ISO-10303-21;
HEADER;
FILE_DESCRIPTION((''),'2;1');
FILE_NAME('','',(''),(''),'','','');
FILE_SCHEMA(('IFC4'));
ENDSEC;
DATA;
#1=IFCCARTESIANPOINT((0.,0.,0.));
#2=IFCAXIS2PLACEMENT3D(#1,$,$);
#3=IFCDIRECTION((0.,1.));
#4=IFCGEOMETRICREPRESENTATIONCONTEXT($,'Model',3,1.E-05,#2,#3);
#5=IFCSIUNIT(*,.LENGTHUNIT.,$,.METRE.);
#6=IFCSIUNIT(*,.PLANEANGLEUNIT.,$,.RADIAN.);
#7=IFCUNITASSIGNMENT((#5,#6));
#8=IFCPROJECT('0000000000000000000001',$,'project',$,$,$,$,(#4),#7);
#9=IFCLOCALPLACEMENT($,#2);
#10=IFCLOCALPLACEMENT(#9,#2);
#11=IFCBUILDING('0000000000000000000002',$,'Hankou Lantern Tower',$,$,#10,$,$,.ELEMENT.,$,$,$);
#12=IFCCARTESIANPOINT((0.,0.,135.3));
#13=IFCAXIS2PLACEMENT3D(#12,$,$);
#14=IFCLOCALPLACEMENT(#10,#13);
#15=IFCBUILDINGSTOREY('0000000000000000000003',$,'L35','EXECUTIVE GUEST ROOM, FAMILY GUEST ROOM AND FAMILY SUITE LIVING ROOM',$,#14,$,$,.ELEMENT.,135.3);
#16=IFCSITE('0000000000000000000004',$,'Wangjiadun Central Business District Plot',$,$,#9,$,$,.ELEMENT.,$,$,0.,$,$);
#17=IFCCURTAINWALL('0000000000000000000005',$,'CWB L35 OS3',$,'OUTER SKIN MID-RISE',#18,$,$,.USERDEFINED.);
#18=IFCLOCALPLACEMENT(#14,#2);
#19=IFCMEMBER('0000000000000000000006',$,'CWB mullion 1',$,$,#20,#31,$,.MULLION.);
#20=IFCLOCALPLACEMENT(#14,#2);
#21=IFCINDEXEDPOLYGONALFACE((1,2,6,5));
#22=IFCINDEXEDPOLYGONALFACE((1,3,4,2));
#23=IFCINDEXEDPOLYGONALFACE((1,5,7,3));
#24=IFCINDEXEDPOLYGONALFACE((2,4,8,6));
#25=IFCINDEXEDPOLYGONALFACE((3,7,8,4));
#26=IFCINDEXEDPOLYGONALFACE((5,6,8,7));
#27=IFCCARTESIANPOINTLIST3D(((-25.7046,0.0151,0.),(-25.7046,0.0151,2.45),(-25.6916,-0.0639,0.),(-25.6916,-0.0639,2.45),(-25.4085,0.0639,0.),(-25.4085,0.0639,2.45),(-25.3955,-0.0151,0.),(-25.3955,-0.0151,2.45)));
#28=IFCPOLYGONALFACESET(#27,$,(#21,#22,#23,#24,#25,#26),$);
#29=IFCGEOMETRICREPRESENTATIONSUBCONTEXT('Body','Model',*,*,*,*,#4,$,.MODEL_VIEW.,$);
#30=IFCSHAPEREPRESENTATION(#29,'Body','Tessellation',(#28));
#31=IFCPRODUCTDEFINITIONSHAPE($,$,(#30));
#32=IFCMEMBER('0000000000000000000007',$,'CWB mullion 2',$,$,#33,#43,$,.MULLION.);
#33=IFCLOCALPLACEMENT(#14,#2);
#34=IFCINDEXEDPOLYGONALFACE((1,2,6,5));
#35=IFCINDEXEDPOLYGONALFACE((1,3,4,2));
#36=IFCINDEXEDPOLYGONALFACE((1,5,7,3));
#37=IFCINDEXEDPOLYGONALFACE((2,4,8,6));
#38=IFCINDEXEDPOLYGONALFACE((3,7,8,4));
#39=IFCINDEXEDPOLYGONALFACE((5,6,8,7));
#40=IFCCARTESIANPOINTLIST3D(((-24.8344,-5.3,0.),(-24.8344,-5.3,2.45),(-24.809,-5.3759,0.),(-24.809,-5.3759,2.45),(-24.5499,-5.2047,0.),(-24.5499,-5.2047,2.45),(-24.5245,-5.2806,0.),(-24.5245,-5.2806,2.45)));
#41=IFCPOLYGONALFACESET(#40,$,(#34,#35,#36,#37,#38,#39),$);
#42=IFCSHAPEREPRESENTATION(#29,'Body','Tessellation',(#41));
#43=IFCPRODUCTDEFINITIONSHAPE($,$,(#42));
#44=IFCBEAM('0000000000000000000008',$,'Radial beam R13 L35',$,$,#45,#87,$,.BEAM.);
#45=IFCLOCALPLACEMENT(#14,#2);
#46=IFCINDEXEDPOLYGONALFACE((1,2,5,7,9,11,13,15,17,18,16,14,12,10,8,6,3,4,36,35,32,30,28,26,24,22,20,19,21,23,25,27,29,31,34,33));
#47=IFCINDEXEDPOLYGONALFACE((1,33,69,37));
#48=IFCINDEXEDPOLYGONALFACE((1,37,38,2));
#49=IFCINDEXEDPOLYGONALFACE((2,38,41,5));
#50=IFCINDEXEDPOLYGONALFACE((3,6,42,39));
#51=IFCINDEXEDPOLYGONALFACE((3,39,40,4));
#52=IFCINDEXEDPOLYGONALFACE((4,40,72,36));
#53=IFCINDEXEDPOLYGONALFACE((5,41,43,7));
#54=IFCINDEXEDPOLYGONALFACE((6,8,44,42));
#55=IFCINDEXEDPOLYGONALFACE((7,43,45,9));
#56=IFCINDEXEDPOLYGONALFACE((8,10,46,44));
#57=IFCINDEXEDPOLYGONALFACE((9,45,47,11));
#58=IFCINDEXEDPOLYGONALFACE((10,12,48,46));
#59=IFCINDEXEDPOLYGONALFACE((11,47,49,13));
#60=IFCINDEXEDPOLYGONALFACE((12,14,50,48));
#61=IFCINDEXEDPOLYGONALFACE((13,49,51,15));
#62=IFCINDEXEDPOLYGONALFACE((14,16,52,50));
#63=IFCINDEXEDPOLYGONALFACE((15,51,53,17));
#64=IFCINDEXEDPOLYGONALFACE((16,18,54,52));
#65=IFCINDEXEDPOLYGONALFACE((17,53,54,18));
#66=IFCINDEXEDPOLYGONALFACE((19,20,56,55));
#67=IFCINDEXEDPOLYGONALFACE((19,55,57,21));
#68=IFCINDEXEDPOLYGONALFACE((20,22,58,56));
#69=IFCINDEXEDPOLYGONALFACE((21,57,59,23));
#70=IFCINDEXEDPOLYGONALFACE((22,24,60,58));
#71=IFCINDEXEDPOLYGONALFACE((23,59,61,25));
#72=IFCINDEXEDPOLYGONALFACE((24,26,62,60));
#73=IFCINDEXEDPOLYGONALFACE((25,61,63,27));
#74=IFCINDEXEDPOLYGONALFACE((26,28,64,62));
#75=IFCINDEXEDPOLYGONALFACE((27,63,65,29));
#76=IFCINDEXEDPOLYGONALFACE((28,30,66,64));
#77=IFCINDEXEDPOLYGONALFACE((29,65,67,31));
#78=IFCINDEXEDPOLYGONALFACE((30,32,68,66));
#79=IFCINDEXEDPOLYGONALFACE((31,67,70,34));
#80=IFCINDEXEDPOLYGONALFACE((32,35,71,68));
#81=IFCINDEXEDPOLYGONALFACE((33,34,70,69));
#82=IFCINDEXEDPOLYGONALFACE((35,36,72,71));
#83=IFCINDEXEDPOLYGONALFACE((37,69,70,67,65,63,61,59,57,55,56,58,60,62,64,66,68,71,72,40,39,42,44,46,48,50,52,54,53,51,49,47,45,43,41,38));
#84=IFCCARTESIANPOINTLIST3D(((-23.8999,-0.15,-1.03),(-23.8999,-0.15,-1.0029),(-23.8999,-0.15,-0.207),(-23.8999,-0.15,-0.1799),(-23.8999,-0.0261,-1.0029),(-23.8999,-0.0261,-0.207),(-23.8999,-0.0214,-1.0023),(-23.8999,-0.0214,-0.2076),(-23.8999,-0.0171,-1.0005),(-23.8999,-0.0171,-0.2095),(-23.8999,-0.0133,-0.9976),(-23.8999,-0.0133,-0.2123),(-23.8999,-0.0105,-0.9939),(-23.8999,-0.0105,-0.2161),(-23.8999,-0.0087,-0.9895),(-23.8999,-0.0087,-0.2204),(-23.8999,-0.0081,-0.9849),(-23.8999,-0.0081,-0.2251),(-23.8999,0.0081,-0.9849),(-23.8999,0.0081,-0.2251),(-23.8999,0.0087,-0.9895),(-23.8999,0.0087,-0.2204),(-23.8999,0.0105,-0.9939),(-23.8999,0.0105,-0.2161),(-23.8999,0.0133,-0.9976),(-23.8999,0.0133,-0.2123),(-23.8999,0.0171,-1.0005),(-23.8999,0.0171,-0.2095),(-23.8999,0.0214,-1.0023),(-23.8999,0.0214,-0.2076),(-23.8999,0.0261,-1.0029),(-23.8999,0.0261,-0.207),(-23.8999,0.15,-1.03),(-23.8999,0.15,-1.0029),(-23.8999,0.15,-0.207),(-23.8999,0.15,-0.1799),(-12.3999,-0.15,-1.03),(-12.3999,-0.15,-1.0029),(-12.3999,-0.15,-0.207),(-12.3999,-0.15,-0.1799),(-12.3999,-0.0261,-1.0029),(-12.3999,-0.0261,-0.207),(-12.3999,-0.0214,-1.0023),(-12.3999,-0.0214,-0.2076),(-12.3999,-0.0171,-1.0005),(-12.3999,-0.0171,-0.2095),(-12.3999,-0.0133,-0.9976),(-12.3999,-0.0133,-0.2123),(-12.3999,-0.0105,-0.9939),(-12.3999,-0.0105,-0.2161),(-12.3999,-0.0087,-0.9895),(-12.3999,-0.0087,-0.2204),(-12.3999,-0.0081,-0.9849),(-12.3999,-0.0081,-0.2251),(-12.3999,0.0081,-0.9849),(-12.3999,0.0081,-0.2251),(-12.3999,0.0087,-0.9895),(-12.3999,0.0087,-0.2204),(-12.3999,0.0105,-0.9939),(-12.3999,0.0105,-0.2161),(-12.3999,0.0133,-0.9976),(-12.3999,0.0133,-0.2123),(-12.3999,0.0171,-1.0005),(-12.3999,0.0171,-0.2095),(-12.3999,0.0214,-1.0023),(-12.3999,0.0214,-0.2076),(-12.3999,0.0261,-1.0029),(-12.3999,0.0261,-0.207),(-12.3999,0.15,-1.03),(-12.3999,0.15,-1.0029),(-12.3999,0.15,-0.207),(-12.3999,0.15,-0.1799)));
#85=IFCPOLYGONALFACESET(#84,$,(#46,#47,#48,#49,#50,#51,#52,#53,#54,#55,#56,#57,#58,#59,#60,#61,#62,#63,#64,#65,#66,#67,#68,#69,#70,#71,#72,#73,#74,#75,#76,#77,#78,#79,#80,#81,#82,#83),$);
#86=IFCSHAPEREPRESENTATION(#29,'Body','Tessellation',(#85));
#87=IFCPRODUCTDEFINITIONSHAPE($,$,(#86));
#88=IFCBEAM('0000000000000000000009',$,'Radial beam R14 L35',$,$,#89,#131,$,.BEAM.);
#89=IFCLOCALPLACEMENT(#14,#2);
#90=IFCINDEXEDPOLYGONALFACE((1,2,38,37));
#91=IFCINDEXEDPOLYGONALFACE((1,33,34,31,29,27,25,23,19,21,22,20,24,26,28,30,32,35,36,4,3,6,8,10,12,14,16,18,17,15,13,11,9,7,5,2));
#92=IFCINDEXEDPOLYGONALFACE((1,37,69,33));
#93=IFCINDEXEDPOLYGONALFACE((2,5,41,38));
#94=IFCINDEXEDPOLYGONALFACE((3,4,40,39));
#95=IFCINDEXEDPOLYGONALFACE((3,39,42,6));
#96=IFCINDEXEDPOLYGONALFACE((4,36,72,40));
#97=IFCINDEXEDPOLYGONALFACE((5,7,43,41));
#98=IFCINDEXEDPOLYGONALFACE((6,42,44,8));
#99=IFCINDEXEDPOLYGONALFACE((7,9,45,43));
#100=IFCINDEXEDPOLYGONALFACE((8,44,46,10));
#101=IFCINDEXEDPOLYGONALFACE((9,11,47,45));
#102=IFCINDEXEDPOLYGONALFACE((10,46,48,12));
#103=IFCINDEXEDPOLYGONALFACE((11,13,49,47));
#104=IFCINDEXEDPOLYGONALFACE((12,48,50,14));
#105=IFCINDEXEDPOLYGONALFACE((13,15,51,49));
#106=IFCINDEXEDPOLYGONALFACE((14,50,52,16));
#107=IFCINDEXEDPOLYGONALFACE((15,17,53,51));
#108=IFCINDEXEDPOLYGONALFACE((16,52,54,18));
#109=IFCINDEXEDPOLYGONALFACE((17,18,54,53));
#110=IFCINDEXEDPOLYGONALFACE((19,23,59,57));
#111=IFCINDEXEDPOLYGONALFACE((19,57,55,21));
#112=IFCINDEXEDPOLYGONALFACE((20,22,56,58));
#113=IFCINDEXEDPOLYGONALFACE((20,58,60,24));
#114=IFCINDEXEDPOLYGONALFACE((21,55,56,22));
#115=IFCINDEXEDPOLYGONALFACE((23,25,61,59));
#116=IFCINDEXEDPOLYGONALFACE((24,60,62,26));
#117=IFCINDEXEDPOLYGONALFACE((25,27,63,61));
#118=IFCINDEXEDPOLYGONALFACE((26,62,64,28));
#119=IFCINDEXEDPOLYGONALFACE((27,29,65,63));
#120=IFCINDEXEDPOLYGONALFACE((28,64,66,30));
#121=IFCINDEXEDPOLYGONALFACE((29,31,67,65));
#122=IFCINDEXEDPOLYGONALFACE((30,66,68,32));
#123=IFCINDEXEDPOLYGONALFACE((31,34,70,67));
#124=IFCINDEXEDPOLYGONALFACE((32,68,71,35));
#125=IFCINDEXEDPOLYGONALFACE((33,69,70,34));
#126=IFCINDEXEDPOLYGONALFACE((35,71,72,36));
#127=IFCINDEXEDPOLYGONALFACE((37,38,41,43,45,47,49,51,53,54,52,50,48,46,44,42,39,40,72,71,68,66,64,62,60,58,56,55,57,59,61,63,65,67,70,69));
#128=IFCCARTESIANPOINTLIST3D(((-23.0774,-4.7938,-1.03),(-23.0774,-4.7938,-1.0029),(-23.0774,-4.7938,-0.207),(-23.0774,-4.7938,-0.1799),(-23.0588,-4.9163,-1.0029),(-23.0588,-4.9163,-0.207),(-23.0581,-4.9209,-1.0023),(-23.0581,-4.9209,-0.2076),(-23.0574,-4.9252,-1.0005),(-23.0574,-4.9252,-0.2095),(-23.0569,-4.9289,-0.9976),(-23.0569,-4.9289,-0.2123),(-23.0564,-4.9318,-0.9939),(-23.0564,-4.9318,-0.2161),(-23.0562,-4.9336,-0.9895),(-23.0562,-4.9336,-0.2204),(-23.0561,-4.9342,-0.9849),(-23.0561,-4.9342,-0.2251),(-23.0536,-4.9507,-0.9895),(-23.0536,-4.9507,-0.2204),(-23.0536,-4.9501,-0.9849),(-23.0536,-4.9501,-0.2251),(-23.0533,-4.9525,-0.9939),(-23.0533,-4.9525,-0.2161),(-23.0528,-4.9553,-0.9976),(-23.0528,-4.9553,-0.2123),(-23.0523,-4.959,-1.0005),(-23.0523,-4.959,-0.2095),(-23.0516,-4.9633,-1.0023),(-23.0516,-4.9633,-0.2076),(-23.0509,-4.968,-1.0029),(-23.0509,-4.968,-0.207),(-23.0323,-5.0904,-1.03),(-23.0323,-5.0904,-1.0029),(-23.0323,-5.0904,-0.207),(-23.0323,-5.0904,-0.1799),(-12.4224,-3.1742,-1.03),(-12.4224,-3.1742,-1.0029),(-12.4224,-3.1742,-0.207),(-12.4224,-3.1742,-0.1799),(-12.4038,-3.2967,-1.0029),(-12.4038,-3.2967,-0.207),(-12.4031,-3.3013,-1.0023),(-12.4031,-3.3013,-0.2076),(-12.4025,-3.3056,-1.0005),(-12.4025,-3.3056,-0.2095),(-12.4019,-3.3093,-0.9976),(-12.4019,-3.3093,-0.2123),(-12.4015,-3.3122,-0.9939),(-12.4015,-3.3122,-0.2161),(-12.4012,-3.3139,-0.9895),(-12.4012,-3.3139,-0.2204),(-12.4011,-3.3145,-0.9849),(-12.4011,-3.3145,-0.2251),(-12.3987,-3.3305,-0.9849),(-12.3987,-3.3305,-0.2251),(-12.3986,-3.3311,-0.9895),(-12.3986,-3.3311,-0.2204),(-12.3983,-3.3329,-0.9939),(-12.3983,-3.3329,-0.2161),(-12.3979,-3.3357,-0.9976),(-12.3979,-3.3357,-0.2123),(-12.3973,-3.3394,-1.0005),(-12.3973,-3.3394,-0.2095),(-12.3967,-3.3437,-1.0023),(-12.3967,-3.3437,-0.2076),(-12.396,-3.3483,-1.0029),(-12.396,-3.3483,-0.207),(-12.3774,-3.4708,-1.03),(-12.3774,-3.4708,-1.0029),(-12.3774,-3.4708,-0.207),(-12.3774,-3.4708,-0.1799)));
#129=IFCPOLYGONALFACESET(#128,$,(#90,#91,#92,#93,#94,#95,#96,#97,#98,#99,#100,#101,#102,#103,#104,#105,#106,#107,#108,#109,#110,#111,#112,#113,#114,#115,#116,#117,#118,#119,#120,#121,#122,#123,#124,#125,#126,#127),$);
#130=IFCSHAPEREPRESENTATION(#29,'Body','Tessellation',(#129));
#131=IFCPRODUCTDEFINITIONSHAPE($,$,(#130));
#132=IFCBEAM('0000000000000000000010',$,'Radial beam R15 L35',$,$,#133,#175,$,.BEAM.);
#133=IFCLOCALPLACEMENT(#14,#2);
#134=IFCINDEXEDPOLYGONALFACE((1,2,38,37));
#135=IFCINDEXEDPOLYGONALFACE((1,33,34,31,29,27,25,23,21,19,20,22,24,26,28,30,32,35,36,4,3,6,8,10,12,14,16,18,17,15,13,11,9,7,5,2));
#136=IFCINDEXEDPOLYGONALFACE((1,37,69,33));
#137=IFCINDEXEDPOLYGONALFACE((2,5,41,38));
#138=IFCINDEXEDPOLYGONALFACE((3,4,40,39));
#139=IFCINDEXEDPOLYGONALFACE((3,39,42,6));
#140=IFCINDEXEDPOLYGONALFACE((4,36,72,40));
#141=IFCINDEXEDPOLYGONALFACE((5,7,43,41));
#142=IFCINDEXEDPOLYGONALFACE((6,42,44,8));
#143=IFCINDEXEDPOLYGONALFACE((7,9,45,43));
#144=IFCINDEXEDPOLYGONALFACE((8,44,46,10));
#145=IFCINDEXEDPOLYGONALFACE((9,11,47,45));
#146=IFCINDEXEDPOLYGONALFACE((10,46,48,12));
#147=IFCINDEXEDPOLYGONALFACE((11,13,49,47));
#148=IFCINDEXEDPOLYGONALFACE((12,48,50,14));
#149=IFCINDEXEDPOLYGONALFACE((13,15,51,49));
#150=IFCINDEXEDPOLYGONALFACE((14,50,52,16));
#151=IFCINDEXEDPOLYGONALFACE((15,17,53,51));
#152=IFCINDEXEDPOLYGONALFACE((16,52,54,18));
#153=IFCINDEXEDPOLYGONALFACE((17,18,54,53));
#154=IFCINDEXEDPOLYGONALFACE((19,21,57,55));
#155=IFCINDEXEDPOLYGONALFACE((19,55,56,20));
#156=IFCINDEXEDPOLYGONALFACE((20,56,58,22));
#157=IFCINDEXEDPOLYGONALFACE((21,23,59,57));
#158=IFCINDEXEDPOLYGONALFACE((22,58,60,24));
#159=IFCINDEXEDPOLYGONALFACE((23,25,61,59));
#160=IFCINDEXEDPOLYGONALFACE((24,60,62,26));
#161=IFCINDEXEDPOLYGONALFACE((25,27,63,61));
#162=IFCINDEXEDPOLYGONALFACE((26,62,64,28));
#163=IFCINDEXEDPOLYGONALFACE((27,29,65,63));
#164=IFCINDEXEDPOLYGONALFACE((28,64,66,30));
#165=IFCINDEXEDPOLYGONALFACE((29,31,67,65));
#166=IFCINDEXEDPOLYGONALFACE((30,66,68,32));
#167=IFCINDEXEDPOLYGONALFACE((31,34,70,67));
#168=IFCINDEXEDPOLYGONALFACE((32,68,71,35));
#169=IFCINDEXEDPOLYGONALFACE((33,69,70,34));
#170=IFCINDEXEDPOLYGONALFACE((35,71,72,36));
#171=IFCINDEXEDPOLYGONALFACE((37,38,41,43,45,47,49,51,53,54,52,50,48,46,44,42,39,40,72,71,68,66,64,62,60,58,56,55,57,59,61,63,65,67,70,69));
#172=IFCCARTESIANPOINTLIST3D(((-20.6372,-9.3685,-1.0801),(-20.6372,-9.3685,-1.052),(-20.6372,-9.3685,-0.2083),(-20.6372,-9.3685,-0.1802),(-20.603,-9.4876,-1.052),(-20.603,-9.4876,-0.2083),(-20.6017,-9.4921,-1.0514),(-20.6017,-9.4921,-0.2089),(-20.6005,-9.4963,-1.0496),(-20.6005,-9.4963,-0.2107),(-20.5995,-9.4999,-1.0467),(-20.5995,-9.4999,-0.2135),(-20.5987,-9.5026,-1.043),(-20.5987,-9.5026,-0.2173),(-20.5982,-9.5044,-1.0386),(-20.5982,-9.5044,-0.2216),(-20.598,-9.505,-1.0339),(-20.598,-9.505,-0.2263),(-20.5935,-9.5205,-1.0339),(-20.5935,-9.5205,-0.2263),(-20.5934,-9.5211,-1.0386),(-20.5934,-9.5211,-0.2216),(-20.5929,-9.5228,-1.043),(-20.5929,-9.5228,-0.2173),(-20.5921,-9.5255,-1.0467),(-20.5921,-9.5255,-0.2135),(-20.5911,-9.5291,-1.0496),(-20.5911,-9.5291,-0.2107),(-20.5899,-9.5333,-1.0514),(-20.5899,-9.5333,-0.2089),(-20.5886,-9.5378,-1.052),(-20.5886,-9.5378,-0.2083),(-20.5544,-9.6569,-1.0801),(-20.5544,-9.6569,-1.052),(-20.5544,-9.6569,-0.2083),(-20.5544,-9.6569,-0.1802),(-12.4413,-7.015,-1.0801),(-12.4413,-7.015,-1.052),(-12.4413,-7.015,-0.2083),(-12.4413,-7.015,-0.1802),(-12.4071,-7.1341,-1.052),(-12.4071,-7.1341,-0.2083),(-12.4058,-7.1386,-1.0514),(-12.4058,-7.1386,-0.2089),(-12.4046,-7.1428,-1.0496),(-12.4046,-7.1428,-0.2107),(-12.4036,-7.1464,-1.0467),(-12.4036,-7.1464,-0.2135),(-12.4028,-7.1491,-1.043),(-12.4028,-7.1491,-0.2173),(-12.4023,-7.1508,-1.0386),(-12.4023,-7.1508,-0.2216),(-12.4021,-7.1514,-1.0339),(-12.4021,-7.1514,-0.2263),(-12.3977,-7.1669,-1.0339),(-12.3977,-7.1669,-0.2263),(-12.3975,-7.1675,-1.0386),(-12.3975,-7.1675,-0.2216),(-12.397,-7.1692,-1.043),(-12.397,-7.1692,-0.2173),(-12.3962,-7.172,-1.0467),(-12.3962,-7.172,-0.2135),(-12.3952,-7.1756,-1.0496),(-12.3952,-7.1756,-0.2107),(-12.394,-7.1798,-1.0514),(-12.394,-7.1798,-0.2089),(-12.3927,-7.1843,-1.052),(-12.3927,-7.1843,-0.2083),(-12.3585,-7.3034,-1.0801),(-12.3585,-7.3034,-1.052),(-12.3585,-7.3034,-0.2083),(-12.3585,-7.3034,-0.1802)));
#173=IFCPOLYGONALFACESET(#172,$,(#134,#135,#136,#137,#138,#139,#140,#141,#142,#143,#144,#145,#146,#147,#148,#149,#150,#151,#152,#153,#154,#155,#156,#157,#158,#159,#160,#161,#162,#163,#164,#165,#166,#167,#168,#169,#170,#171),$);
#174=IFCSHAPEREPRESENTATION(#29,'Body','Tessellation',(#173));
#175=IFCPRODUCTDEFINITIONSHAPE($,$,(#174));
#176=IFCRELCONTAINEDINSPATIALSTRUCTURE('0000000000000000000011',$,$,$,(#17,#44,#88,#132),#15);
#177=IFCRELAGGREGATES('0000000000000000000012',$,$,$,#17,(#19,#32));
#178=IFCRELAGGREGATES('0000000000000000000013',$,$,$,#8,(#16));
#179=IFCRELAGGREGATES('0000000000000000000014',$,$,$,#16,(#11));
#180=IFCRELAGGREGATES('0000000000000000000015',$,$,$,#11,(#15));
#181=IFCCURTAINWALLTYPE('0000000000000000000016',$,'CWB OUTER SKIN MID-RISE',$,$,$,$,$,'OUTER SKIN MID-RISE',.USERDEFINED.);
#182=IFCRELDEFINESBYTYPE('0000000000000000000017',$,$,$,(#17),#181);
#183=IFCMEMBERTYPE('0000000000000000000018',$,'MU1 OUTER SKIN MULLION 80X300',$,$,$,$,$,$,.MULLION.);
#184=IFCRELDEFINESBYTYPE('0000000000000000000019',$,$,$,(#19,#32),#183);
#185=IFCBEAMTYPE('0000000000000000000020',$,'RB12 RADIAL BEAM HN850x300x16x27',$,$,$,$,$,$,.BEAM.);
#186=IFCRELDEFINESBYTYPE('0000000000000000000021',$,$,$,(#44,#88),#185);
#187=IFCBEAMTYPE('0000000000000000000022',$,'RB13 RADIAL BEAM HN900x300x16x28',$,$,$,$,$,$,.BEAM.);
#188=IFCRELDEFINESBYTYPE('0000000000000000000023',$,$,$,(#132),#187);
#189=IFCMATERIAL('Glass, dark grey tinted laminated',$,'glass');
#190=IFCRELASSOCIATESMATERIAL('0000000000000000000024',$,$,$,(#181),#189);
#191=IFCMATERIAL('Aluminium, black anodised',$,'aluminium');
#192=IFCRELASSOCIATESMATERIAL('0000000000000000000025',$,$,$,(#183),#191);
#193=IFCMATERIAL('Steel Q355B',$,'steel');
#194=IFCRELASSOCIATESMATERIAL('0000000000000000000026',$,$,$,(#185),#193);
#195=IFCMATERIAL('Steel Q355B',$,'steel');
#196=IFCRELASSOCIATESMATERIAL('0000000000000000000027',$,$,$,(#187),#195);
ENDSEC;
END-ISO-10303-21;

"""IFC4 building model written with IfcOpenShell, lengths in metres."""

from ifc_helpers import new_model, si_unit, direction, frame, origin, origin_2d, place, context, subcontext, project, spatial, rectangle, i_section, extrude, material, material_profile, profile_set, type_object, element, aggregate, save


model = new_model("IFC4")

# Units and contexts
model_context = context("Model", 3, precision=1e-05, world=origin(), true_north=direction((0.0, 1.0)))
body_context = subcontext(model_context, "Body", "Model", "MODEL_VIEW")
ifc_project = project(units=[si_unit("LENGTHUNIT", "METRE"), si_unit("PLANEANGLEUNIT", "RADIAN")], contexts=[model_context])

# Site, building, storey
site_placement = place(None, origin())
site = spatial("IfcSite", under=ifc_project, at=site_placement, Name="Wangjiadun Central Business District Plot", CompositionType="ELEMENT", RefElevation=0.0)
building_placement = place(site_placement, origin())
building = spatial("IfcBuilding", under=site, at=building_placement, Name="Hankou Lantern Tower", CompositionType="ELEMENT")
storey_placement = place(building_placement, frame((0.0, 0.0, 135.3)))
storey = spatial("IfcBuildingStorey", under=building, at=storey_placement, Name="L35", Description="EXECUTIVE GUEST ROOM, FAMILY GUEST ROOM AND FAMILY SUITE LIVING ROOM", CompositionType="ELEMENT", Elevation=135.3)

# Curtain wall, members
ifc_material_1 = material(Name="Glass, dark grey tinted laminated", Category="glass")
curtain_wall_type = type_object("IfcCurtainWallType", Name="CWB OUTER SKIN MID-RISE", ElementType="OUTER SKIN MID-RISE", PredefinedType="USERDEFINED", material=ifc_material_1)
curtain_wall_placement = place(storey_placement, origin())
curtain_wall = element("IfcCurtainWall", 1, at=curtain_wall_placement, inside=storey, type_object=curtain_wall_type, Name="CWB L35 OS3", ObjectType="OUTER SKIN MID-RISE", PredefinedType="USERDEFINED")
ifc_material_2 = material(Name="Aluminium, black anodised", Category="aluminium")
ifc_material_profile_1 = material_profile(ifc_material_2, rectangle(XDim=0.0801, YDim=0.3, at=origin_2d()), Name="MU1 80X300")
ifc_profile_set_1 = profile_set([ifc_material_profile_1], Name="Aluminium, black anodised")
member_type_1 = type_object("IfcMemberType", Name="MU1 OUTER SKIN MULLION 80X300", PredefinedType="MULLION", material=ifc_profile_set_1)
member_1_placement = place(storey_placement, frame((-25.55, 0.0, 0.0), z_axis=(0.0, 0.0, 1.0), x_axis=(0.162382, -0.986728, 0.0)))
member_1 = element("IfcMember", 2, at=member_1_placement, type_object=member_type_1, Name="CWB mullion 1", PredefinedType="MULLION", context=body_context, shape_type="SweptSolid", body=[
    extrude(rectangle(XDim=0.0801, YDim=0.3, at=origin_2d()), origin(), (0.0, 0.0, 1.0), 2.45),
])
member_2_placement = place(storey_placement, frame((-24.6794, -5.2903, 0.0), z_axis=(0.0, 0.0, 1.0), x_axis=(0.317596, -0.948226, 0.0)))
member_2 = element("IfcMember", 3, at=member_2_placement, type_object=member_type_1, Name="CWB mullion 2", PredefinedType="MULLION", context=body_context, shape_type="SweptSolid", body=[
    extrude(rectangle(XDim=0.0801, YDim=0.3, at=origin_2d()), origin(), (0.0, 0.0, 1.0), 2.45),
])

# Beams
ifc_material_3 = material(Name="Steel Q355B", Category="steel")
ifc_material_profile_2 = material_profile(ifc_material_3, i_section(OverallWidth=0.3, OverallDepth=0.8501, WebThickness=0.0161, FlangeThickness=0.0271, FilletRadius=0.0181, at=origin_2d()), Name="HN850x300x16x27")
ifc_profile_set_2 = profile_set([ifc_material_profile_2], Name="Steel Q355B")
beam_type_1 = type_object("IfcBeamType", Name="RB12 RADIAL BEAM HN850x300x16x27", PredefinedType="BEAM", material=ifc_profile_set_2)
beam_1_placement = place(storey_placement, frame((-12.3999, 0.0, -0.605), z_axis=(-1.0, 0.0, 0.0), x_axis=(0.0, -1.0, 0.0)))
element("IfcBeam", 4, at=beam_1_placement, inside=storey, type_object=beam_type_1, Name="Radial beam R13 L35", PredefinedType="BEAM", context=body_context, shape_type="SweptSolid", body=[
    extrude(i_section(OverallWidth=0.3, OverallDepth=0.8501, WebThickness=0.0161, FlangeThickness=0.0271, FilletRadius=0.0181, at=origin_2d()), origin(), (0.0, 0.0, 1.0), 11.5),
])
beam_2_placement = place(storey_placement, frame((-12.3999, -3.3225, -0.605), z_axis=(-0.988644, -0.15028, 0.0), x_axis=(0.15028, -0.988644, 0.0)))
element("IfcBeam", 5, at=beam_2_placement, inside=storey, type_object=beam_type_1, Name="Radial beam R14 L35", PredefinedType="BEAM", context=body_context, shape_type="SweptSolid", body=[
    extrude(i_section(OverallWidth=0.3, OverallDepth=0.8501, WebThickness=0.0161, FlangeThickness=0.0271, FilletRadius=0.0181, at=origin_2d()), origin(), (0.0, 0.0, 1.0), 10.7773),
])
ifc_material_4 = material(Name="Steel Q355B", Category="steel")
ifc_material_profile_3 = material_profile(ifc_material_4, i_section(OverallWidth=0.3, OverallDepth=0.8999, WebThickness=0.0161, FlangeThickness=0.0281, FilletRadius=0.0181, at=origin_2d()), Name="HN900x300x16x28")
ifc_profile_set_3 = profile_set([ifc_material_profile_3], Name="Steel Q355B")
beam_type_2 = type_object("IfcBeamType", Name="RB13 RADIAL BEAM HN900x300x16x28", PredefinedType="BEAM", material=ifc_profile_set_3)
beam_3_placement = place(storey_placement, frame((-12.3999, -7.1592, -0.6301), z_axis=(-0.961156, -0.276007, 0.0), x_axis=(0.276007, -0.961156, 0.0)))
element("IfcBeam", 6, at=beam_3_placement, inside=storey, type_object=beam_type_2, Name="Radial beam R15 L35", PredefinedType="BEAM", context=body_context, shape_type="SweptSolid", body=[
    extrude(i_section(OverallWidth=0.3, OverallDepth=0.8999, WebThickness=0.0161, FlangeThickness=0.0281, FilletRadius=0.0181, at=origin_2d()), origin(), (0.0, 0.0, 1.0), 8.5271),
])

aggregate(curtain_wall, [member_1, member_2])

save(model, "model.ifc")
